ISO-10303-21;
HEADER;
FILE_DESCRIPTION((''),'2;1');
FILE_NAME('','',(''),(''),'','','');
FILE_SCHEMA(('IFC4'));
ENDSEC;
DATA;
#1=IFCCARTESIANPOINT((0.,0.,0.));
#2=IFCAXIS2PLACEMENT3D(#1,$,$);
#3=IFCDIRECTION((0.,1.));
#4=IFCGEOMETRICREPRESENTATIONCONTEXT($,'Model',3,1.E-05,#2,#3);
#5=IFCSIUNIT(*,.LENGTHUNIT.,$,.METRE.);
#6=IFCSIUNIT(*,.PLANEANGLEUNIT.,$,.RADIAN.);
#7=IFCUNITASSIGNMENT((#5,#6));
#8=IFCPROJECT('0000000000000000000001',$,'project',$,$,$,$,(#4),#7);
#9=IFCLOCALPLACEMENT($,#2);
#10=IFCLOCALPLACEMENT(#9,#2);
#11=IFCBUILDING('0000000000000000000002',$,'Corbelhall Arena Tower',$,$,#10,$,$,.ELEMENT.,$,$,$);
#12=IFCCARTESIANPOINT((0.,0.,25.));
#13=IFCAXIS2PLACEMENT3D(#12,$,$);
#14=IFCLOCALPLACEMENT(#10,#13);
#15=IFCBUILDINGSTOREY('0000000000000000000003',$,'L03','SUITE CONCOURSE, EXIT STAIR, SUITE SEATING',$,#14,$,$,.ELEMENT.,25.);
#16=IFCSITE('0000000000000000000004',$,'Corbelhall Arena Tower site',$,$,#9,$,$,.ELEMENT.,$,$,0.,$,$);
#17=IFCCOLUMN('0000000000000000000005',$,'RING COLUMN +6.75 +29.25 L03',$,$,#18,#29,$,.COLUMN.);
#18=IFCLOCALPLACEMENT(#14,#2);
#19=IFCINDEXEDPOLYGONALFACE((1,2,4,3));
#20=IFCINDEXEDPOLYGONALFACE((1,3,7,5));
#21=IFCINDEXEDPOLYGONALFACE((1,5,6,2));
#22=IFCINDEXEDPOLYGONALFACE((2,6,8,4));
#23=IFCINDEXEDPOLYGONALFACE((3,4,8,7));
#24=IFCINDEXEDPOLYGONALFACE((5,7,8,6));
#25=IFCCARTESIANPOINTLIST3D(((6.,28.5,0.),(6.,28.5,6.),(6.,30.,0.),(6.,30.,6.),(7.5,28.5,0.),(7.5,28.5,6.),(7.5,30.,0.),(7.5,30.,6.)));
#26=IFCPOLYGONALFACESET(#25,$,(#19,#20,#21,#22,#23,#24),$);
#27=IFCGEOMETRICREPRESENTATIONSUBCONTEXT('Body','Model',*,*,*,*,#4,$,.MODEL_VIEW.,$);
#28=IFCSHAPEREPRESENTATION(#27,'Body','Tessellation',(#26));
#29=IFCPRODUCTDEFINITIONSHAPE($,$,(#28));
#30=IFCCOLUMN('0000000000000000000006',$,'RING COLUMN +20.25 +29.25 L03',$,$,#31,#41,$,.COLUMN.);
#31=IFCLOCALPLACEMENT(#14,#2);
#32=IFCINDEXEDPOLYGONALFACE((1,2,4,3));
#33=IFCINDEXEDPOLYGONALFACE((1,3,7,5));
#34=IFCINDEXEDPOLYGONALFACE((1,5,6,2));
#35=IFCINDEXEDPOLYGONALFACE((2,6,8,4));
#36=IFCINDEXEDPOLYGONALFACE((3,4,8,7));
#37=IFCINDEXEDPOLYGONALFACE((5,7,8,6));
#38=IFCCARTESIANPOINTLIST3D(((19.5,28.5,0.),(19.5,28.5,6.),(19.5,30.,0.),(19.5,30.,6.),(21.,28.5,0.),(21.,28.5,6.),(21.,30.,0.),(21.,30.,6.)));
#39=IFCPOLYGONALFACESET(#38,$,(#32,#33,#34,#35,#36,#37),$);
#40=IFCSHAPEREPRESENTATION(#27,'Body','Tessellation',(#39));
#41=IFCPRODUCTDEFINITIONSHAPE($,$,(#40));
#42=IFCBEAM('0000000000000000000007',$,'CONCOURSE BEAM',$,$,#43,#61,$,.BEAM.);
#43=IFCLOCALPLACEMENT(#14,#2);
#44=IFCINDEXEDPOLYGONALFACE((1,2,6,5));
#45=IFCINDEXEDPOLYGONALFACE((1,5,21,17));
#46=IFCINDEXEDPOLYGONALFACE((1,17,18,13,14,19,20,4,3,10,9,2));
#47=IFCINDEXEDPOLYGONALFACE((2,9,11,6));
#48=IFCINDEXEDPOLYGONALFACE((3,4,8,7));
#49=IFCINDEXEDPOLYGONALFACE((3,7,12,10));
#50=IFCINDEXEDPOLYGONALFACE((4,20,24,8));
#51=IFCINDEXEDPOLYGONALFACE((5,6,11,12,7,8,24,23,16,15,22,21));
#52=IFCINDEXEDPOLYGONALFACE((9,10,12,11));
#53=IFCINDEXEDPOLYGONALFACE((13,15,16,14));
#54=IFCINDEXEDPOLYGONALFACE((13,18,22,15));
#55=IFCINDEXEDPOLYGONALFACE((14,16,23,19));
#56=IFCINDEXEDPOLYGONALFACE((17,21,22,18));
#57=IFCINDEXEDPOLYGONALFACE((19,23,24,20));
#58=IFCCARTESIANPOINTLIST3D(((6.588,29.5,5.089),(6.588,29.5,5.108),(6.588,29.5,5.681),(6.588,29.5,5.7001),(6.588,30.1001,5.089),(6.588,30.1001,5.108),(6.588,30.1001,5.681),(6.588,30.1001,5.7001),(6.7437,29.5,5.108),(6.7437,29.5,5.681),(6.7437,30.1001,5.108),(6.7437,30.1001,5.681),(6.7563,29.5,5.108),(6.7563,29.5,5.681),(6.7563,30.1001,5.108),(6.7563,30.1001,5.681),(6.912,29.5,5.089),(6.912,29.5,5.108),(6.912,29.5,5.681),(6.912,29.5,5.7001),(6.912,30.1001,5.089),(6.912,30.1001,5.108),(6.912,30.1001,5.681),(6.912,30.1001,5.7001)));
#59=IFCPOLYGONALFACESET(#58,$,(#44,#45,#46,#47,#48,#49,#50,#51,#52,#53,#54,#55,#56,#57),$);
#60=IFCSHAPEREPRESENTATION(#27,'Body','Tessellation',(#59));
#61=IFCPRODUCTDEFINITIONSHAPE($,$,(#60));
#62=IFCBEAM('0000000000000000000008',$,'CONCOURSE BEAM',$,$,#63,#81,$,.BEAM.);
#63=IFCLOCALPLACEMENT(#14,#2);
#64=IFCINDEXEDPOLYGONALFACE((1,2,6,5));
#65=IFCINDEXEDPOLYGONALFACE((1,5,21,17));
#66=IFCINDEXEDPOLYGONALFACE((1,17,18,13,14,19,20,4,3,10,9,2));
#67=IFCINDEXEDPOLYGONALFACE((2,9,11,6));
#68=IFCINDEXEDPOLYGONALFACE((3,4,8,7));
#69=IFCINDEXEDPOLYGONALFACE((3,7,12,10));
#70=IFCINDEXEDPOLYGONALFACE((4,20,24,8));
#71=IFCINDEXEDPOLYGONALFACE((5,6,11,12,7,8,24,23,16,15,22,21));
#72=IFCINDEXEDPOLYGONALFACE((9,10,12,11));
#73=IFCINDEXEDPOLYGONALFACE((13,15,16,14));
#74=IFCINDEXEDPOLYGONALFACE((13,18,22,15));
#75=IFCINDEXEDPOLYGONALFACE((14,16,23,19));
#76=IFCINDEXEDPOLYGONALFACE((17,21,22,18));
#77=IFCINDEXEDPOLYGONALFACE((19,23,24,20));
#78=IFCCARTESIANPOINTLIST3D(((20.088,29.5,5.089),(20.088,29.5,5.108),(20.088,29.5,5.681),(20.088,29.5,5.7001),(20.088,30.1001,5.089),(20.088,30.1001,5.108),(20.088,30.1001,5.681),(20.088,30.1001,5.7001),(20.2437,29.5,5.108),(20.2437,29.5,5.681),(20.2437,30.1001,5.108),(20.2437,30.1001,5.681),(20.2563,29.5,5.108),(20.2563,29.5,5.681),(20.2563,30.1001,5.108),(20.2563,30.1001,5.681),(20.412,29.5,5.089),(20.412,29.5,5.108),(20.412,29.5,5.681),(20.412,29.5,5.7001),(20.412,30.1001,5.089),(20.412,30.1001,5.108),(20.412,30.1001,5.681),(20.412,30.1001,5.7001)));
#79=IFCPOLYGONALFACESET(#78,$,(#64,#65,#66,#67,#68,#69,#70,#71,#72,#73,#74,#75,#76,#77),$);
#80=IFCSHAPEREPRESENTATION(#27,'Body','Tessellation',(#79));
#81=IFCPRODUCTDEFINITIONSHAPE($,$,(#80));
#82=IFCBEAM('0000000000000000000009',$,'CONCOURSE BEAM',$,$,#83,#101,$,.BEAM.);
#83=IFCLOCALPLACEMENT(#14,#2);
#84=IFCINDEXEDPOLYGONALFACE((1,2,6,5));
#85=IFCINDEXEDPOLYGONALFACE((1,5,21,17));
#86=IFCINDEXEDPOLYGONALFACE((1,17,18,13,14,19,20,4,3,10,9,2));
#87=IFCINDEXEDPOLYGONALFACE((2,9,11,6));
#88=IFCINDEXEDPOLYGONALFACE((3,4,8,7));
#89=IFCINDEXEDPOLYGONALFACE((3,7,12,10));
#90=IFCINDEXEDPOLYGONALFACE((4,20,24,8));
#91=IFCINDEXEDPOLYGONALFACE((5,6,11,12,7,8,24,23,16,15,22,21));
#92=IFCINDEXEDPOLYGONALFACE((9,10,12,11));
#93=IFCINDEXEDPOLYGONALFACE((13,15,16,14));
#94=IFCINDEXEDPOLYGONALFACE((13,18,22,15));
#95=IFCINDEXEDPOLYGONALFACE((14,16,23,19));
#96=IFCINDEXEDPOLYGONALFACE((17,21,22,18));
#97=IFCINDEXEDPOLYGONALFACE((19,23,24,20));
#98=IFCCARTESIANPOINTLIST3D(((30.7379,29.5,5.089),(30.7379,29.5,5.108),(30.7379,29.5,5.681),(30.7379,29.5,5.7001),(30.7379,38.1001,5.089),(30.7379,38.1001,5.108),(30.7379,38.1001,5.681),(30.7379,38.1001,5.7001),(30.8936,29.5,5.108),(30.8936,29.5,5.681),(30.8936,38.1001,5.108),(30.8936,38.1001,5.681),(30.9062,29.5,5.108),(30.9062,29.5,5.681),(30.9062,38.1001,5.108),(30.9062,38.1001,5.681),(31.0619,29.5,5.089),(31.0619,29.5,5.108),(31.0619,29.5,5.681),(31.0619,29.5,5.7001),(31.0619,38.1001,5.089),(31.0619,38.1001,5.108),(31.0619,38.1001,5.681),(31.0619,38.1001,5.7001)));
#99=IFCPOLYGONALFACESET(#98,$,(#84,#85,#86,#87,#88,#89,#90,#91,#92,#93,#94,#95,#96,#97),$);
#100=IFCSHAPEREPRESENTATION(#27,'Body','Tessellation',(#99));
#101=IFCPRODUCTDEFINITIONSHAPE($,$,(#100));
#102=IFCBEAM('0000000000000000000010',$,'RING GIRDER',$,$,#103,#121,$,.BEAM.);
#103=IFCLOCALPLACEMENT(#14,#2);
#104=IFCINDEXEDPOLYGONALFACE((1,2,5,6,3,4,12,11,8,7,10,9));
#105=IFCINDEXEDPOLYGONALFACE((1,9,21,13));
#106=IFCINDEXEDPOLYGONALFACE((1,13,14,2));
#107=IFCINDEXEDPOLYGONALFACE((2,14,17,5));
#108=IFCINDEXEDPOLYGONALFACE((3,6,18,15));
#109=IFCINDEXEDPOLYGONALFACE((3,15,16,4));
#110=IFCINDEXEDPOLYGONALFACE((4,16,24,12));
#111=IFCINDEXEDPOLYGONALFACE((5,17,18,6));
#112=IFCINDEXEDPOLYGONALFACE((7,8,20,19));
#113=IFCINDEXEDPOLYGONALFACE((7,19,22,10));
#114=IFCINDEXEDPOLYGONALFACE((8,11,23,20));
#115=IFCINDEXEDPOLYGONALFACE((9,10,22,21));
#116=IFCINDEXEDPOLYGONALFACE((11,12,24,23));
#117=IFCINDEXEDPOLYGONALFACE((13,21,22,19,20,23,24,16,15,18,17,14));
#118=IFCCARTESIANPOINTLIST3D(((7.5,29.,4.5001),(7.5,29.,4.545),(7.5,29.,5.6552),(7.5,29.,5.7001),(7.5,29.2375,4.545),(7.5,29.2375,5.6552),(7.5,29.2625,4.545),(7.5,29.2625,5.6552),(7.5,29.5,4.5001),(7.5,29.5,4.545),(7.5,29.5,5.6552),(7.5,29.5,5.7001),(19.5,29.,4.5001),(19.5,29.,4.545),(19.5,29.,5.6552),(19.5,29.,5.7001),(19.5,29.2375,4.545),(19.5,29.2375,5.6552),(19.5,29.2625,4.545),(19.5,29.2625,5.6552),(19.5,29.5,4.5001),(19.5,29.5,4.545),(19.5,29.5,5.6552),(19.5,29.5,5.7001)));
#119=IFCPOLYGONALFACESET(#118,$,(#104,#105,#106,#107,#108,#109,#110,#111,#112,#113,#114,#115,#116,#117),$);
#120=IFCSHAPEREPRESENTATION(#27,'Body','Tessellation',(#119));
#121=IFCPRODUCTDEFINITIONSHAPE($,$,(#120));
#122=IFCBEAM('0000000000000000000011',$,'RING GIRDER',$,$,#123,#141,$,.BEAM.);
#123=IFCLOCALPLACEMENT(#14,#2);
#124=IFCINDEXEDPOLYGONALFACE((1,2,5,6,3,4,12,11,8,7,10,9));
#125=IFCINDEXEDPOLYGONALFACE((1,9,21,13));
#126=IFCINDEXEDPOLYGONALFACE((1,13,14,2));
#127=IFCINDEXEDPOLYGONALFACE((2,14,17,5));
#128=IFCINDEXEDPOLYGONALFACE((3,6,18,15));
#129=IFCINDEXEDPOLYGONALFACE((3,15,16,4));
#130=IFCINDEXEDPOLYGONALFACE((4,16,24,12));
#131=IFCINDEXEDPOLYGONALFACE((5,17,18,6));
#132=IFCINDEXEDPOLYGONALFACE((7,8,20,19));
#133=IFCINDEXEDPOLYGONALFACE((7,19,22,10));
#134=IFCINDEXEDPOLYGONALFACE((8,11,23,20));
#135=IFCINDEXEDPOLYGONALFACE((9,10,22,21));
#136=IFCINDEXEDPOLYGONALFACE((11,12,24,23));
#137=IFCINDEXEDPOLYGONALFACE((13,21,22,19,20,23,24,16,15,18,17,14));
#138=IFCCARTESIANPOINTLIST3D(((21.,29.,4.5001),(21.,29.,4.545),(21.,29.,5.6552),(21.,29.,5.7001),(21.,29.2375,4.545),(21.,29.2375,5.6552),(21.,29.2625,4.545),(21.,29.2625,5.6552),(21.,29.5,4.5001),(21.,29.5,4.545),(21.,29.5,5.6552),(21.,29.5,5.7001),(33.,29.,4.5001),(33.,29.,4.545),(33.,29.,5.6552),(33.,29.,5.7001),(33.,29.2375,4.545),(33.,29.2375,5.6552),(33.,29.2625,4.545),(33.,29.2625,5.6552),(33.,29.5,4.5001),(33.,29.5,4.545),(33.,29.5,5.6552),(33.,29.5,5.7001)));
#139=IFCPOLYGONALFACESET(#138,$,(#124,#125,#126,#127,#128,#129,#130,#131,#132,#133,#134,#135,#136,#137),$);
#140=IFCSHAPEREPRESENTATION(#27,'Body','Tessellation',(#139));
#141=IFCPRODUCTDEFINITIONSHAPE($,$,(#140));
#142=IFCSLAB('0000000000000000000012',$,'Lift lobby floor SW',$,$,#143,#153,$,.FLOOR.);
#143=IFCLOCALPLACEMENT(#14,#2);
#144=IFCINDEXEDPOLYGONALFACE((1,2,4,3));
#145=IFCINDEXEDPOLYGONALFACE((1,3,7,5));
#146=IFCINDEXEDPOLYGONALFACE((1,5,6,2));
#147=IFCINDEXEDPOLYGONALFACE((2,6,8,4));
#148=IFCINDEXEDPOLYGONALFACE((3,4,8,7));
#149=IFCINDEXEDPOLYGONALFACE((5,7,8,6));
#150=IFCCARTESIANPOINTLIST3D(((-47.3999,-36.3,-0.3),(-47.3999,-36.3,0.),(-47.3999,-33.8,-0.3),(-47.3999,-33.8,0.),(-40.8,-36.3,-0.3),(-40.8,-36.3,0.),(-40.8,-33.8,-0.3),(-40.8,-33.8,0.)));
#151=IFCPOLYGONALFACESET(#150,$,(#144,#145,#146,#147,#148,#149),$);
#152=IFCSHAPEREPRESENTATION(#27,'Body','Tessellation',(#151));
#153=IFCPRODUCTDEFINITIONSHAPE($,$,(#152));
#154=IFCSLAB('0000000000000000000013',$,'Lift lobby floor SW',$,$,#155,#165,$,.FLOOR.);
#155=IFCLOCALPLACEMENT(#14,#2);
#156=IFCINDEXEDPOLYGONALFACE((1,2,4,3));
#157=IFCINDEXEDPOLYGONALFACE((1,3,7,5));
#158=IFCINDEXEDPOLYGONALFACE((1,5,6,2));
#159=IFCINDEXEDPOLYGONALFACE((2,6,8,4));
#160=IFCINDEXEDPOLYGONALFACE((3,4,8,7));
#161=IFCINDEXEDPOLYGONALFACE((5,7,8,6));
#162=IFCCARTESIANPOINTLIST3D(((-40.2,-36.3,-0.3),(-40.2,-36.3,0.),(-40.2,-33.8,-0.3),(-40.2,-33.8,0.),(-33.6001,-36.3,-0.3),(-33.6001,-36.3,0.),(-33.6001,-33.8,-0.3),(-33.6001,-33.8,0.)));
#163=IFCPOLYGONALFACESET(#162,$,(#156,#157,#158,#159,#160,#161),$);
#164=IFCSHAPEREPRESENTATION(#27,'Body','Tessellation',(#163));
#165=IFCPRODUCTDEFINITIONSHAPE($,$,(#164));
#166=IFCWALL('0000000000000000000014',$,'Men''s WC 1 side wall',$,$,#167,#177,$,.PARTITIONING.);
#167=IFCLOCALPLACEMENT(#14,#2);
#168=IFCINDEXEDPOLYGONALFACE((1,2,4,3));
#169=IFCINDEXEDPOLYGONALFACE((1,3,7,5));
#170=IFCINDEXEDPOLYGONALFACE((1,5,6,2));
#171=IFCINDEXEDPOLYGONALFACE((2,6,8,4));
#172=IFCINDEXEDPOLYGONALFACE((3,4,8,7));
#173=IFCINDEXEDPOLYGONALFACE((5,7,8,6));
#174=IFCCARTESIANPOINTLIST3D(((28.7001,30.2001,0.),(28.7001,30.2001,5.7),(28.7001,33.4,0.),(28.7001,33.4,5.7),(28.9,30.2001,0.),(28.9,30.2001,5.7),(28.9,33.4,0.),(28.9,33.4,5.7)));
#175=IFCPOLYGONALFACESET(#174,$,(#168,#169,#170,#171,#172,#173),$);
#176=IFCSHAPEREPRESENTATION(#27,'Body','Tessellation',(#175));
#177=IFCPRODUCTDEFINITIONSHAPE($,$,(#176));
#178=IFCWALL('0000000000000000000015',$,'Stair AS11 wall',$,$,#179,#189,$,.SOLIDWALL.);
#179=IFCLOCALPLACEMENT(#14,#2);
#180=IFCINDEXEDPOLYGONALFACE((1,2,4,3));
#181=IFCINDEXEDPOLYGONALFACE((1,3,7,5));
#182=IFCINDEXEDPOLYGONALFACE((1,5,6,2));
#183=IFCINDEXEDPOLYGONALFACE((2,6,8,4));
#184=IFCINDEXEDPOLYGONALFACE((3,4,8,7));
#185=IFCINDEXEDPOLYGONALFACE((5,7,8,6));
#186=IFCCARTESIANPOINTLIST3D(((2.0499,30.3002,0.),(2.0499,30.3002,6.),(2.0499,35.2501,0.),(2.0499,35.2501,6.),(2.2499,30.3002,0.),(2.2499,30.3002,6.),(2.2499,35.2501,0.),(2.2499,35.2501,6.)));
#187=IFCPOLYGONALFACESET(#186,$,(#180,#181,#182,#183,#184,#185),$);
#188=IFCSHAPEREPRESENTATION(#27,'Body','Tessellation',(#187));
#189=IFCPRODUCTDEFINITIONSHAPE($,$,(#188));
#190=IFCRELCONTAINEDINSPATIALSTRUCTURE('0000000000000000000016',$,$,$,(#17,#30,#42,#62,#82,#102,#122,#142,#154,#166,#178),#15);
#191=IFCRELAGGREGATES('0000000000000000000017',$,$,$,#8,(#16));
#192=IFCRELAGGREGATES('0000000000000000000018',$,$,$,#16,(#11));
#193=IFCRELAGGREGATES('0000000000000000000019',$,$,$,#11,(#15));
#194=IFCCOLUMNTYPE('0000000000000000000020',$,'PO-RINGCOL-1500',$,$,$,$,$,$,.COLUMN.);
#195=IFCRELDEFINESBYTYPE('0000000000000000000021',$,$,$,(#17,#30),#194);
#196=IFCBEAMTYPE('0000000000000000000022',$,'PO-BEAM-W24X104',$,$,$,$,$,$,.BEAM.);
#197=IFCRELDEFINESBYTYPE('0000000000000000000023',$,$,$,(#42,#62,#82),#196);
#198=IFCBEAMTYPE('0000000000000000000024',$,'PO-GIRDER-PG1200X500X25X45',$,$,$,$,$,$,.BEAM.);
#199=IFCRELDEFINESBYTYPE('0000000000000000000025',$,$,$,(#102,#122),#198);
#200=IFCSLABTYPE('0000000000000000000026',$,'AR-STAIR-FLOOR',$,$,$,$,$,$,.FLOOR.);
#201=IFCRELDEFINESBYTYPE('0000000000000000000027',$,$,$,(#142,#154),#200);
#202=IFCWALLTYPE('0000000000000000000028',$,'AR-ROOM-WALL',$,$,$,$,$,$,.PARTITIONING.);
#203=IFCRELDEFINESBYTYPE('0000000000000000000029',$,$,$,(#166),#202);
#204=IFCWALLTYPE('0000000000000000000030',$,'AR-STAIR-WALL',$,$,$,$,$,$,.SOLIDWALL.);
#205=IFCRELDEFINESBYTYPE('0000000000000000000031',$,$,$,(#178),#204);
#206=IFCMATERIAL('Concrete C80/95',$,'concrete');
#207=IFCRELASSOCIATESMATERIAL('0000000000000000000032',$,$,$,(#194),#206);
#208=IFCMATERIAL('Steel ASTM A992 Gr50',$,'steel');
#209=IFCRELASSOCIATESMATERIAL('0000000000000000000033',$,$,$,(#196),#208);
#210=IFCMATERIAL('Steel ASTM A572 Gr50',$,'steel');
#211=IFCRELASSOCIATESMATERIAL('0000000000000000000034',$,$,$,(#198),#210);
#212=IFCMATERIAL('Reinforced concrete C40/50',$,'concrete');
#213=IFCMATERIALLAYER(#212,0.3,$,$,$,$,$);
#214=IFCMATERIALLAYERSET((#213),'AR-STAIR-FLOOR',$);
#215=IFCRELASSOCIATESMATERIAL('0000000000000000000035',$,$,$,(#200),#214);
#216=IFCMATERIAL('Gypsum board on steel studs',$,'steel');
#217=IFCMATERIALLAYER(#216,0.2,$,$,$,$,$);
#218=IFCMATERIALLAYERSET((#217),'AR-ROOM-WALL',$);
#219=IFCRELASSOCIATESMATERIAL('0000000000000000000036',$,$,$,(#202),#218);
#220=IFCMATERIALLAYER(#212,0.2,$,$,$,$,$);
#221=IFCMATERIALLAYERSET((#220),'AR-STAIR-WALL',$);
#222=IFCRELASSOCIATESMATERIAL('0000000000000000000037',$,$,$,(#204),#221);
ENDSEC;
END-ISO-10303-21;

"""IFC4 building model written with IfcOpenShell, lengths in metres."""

from ifc_helpers import new_model, si_unit, direction, frame, frame_2d, origin, origin_2d, place, context, subcontext, project, spatial, polyline, rectangle, i_section, outline, extrude, material, layer, layer_set, material_profile, profile_set, type_object, element, save


model = new_model("IFC4")

# Units and contexts
model_context = context("Model", 3, precision=1e-05, world=origin(), true_north=direction((0.0, 1.0)))
body_context = subcontext(model_context, "Body", "Model", "MODEL_VIEW")
ifc_project = project(units=[si_unit("LENGTHUNIT", "METRE"), si_unit("PLANEANGLEUNIT", "RADIAN")], contexts=[model_context])

# Site, building, storey
site_placement = place(None, origin())
site = spatial("IfcSite", under=ifc_project, at=site_placement, Name="Corbelhall Arena Tower site", CompositionType="ELEMENT", RefElevation=0.0)
building_placement = place(site_placement, origin())
building = spatial("IfcBuilding", under=site, at=building_placement, Name="Corbelhall Arena Tower", CompositionType="ELEMENT")
storey_placement = place(building_placement, frame((0.0, 0.0, 25.0)))
storey = spatial("IfcBuildingStorey", under=building, at=storey_placement, Name="L03", Description="SUITE CONCOURSE, EXIT STAIR, SUITE SEATING", CompositionType="ELEMENT", Elevation=25.0)

# Columns
ifc_material_1 = material(Name="Concrete C80/95", Category="concrete")
ifc_material_profile_1 = material_profile(ifc_material_1, rectangle(XDim=1.5, YDim=1.5, at=origin_2d()))
ifc_profile_set_1 = profile_set([ifc_material_profile_1], Name="Concrete C80/95")
column_type = type_object("IfcColumnType", Name="PO-RINGCOL-1500", PredefinedType="COLUMN", material=ifc_profile_set_1)
for number, where, z_axis, x_axis, name in (
    (1, (6.75, 29.25, 0.0), (0.0, 0.0, 1.0), (1.0, 0.0, 0.0), "RING COLUMN +6.75 +29.25 L03"),
    (2, (20.25, 29.25, 0.0), (0.0, 0.0, 1.0), (1.0, 0.0, 0.0), "RING COLUMN +20.25 +29.25 L03"),
):
    element("IfcColumn", number, at=place(storey_placement, frame(where, z_axis=z_axis, x_axis=x_axis)), inside=storey, type_object=column_type, Name=name, PredefinedType="COLUMN", context=body_context, shape_type="SweptSolid", body=[
        extrude(rectangle(XDim=1.5, YDim=1.5, at=origin_2d()), origin(), (0.0, 0.0, 1.0), 6.0),
    ])

# Beams
ifc_material_2 = material(Name="Steel ASTM A992 Gr50", Category="steel")
ifc_material_profile_2 = material_profile(ifc_material_2, i_section(OverallWidth=0.324, OverallDepth=0.6111, WebThickness=0.0127, FlangeThickness=0.019, at=origin_2d()))
ifc_profile_set_2 = profile_set([ifc_material_profile_2], Name="Steel ASTM A992 Gr50")
beam_type_1 = type_object("IfcBeamType", Name="PO-BEAM-W24X104", PredefinedType="BEAM", material=ifc_profile_set_2)
for number, where, z_axis, x_axis, name in (
    (3, (6.75, 29.5, 5.3945), (0.0, 1.0, 0.0), (-1.0, 0.0, 0.0), "CONCOURSE BEAM"),
    (4, (20.25, 29.5, 5.3945), (0.0, 1.0, 0.0), (-1.0, 0.0, 0.0), "CONCOURSE BEAM"),
):
    element("IfcBeam", number, at=place(storey_placement, frame(where, z_axis=z_axis, x_axis=x_axis)), inside=storey, type_object=beam_type_1, Name=name, PredefinedType="BEAM", context=body_context, shape_type="SweptSolid", body=[
        extrude(i_section(OverallWidth=0.324, OverallDepth=0.6111, WebThickness=0.0127, FlangeThickness=0.019, at=origin_2d()), origin(), (0.0, 0.0, 1.0), 0.6001),
    ])
beam_placement = place(storey_placement, frame((30.8999, 29.5, 5.3945), z_axis=(0.0, 1.0, 0.0), x_axis=(-1.0, 0.0, 0.0)))
element("IfcBeam", 5, at=beam_placement, inside=storey, type_object=beam_type_1, Name="CONCOURSE BEAM", PredefinedType="BEAM", context=body_context, shape_type="SweptSolid", body=[
    extrude(i_section(OverallWidth=0.324, OverallDepth=0.6111, WebThickness=0.0127, FlangeThickness=0.019, at=origin_2d()), origin(), (0.0, 0.0, 1.0), 8.6001),
])
ifc_material_3 = material(Name="Steel ASTM A572 Gr50", Category="steel")
ifc_material_profile_3 = material_profile(ifc_material_3, i_section(OverallWidth=0.5, OverallDepth=1.2, WebThickness=0.0249, FlangeThickness=0.0449, at=origin_2d()))
ifc_profile_set_3 = profile_set([ifc_material_profile_3], Name="Steel ASTM A572 Gr50")
beam_type_2 = type_object("IfcBeamType", Name="PO-GIRDER-PG1200X500X25X45", PredefinedType="BEAM", material=ifc_profile_set_3)
for number, where, z_axis, x_axis, name in (
    (6, (7.5, 29.25, 5.1001), (1.0, 0.0, 0.0), (0.0, 1.0, 0.0), "RING GIRDER"),
    (7, (21.0, 29.25, 5.1001), (1.0, 0.0, 0.0), (0.0, 1.0, 0.0), "RING GIRDER"),
):
    element("IfcBeam", number, at=place(storey_placement, frame(where, z_axis=z_axis, x_axis=x_axis)), inside=storey, type_object=beam_type_2, Name=name, PredefinedType="BEAM", context=body_context, shape_type="SweptSolid", body=[
        extrude(i_section(OverallWidth=0.5, OverallDepth=1.2, WebThickness=0.0249, FlangeThickness=0.0449, at=origin_2d()), origin(), (0.0, 0.0, 1.0), 12.0),
    ])

# Slabs
ifc_material_4 = material(Name="Reinforced concrete C40/50", Category="concrete")
ifc_layer_1 = layer(ifc_material_4, 0.3)
ifc_layer_set_1 = layer_set([ifc_layer_1], Name="AR-STAIR-FLOOR")
slab_type = type_object("IfcSlabType", Name="AR-STAIR-FLOOR", PredefinedType="FLOOR", material=ifc_layer_set_1)
slab_1_placement = place(storey_placement, frame((0.0, 0.0, -0.3)))
element("IfcSlab", 8, at=slab_1_placement, inside=storey, type_object=slab_type, Name="Lift lobby floor SW", PredefinedType="FLOOR", context=body_context, shape_type="SweptSolid", body=[
    extrude(outline(polyline([(-40.8, -36.3), (-40.8, -33.8), (-47.3999, -33.8), (-47.3999, -36.3), (-40.8, -36.3)])), origin(), (0.0, 0.0, 1.0), 0.3),
])
slab_2_placement = place(storey_placement, frame((0.0, 0.0, -0.3)))
element("IfcSlab", 9, at=slab_2_placement, inside=storey, type_object=slab_type, Name="Lift lobby floor SW", PredefinedType="FLOOR", context=body_context, shape_type="SweptSolid", body=[
    extrude(outline(polyline([(-33.6001, -36.3), (-33.6001, -33.8), (-40.2, -33.8), (-40.2, -36.3), (-33.6001, -36.3)])), origin(), (0.0, 0.0, 1.0), 0.3),
])

# Shared definitions
ifc_material_5 = material(Name="Gypsum board on steel studs", Category="steel")
ifc_layer_2 = layer(ifc_material_5, 0.2)
ifc_layer_set_2 = layer_set([ifc_layer_2], Name="AR-ROOM-WALL")
wall_type_1 = type_object("IfcWallType", Name="AR-ROOM-WALL", PredefinedType="PARTITIONING", material=ifc_layer_set_2)

# Wall
wall_1_placement = place(storey_placement, frame((28.8, 30.2, 0.0), z_axis=(0.0, 0.0, 1.0), x_axis=(0.0, 1.0, 0.0)))
element("IfcWall", 10, at=wall_1_placement, inside=storey, type_object=wall_type_1, Name="Men's WC 1 side wall", PredefinedType="PARTITIONING", context=body_context, shape_type="SweptSolid", body=[
    extrude(rectangle(XDim=3.2, YDim=0.2, at=frame_2d((1.6001, 0.0))), origin(), (0.0, 0.0, 1.0), 5.7),
])

# Shared definitions
ifc_layer_3 = layer(ifc_material_4, 0.2)
ifc_layer_set_3 = layer_set([ifc_layer_3], Name="AR-STAIR-WALL")
wall_type_2 = type_object("IfcWallType", Name="AR-STAIR-WALL", PredefinedType="SOLIDWALL", material=ifc_layer_set_3)

# Wall
for number, where, z_axis, x_axis, name in (
    (11, (2.1499, 30.3, 0.0), (0.0, 0.0, 1.0), (0.0, 1.0, 0.0), "Stair AS11 wall"),
):
    element("IfcWall", number, at=place(storey_placement, frame(where, z_axis=z_axis, x_axis=x_axis)), inside=storey, type_object=wall_type_2, Name=name, PredefinedType="SOLIDWALL", context=body_context, shape_type="SweptSolid", body=[
        extrude(rectangle(XDim=4.95, YDim=0.2, at=frame_2d((2.4751, 0.0))), origin(), (0.0, 0.0, 1.0), 6.0),
    ])

save(model, "model.ifc")
